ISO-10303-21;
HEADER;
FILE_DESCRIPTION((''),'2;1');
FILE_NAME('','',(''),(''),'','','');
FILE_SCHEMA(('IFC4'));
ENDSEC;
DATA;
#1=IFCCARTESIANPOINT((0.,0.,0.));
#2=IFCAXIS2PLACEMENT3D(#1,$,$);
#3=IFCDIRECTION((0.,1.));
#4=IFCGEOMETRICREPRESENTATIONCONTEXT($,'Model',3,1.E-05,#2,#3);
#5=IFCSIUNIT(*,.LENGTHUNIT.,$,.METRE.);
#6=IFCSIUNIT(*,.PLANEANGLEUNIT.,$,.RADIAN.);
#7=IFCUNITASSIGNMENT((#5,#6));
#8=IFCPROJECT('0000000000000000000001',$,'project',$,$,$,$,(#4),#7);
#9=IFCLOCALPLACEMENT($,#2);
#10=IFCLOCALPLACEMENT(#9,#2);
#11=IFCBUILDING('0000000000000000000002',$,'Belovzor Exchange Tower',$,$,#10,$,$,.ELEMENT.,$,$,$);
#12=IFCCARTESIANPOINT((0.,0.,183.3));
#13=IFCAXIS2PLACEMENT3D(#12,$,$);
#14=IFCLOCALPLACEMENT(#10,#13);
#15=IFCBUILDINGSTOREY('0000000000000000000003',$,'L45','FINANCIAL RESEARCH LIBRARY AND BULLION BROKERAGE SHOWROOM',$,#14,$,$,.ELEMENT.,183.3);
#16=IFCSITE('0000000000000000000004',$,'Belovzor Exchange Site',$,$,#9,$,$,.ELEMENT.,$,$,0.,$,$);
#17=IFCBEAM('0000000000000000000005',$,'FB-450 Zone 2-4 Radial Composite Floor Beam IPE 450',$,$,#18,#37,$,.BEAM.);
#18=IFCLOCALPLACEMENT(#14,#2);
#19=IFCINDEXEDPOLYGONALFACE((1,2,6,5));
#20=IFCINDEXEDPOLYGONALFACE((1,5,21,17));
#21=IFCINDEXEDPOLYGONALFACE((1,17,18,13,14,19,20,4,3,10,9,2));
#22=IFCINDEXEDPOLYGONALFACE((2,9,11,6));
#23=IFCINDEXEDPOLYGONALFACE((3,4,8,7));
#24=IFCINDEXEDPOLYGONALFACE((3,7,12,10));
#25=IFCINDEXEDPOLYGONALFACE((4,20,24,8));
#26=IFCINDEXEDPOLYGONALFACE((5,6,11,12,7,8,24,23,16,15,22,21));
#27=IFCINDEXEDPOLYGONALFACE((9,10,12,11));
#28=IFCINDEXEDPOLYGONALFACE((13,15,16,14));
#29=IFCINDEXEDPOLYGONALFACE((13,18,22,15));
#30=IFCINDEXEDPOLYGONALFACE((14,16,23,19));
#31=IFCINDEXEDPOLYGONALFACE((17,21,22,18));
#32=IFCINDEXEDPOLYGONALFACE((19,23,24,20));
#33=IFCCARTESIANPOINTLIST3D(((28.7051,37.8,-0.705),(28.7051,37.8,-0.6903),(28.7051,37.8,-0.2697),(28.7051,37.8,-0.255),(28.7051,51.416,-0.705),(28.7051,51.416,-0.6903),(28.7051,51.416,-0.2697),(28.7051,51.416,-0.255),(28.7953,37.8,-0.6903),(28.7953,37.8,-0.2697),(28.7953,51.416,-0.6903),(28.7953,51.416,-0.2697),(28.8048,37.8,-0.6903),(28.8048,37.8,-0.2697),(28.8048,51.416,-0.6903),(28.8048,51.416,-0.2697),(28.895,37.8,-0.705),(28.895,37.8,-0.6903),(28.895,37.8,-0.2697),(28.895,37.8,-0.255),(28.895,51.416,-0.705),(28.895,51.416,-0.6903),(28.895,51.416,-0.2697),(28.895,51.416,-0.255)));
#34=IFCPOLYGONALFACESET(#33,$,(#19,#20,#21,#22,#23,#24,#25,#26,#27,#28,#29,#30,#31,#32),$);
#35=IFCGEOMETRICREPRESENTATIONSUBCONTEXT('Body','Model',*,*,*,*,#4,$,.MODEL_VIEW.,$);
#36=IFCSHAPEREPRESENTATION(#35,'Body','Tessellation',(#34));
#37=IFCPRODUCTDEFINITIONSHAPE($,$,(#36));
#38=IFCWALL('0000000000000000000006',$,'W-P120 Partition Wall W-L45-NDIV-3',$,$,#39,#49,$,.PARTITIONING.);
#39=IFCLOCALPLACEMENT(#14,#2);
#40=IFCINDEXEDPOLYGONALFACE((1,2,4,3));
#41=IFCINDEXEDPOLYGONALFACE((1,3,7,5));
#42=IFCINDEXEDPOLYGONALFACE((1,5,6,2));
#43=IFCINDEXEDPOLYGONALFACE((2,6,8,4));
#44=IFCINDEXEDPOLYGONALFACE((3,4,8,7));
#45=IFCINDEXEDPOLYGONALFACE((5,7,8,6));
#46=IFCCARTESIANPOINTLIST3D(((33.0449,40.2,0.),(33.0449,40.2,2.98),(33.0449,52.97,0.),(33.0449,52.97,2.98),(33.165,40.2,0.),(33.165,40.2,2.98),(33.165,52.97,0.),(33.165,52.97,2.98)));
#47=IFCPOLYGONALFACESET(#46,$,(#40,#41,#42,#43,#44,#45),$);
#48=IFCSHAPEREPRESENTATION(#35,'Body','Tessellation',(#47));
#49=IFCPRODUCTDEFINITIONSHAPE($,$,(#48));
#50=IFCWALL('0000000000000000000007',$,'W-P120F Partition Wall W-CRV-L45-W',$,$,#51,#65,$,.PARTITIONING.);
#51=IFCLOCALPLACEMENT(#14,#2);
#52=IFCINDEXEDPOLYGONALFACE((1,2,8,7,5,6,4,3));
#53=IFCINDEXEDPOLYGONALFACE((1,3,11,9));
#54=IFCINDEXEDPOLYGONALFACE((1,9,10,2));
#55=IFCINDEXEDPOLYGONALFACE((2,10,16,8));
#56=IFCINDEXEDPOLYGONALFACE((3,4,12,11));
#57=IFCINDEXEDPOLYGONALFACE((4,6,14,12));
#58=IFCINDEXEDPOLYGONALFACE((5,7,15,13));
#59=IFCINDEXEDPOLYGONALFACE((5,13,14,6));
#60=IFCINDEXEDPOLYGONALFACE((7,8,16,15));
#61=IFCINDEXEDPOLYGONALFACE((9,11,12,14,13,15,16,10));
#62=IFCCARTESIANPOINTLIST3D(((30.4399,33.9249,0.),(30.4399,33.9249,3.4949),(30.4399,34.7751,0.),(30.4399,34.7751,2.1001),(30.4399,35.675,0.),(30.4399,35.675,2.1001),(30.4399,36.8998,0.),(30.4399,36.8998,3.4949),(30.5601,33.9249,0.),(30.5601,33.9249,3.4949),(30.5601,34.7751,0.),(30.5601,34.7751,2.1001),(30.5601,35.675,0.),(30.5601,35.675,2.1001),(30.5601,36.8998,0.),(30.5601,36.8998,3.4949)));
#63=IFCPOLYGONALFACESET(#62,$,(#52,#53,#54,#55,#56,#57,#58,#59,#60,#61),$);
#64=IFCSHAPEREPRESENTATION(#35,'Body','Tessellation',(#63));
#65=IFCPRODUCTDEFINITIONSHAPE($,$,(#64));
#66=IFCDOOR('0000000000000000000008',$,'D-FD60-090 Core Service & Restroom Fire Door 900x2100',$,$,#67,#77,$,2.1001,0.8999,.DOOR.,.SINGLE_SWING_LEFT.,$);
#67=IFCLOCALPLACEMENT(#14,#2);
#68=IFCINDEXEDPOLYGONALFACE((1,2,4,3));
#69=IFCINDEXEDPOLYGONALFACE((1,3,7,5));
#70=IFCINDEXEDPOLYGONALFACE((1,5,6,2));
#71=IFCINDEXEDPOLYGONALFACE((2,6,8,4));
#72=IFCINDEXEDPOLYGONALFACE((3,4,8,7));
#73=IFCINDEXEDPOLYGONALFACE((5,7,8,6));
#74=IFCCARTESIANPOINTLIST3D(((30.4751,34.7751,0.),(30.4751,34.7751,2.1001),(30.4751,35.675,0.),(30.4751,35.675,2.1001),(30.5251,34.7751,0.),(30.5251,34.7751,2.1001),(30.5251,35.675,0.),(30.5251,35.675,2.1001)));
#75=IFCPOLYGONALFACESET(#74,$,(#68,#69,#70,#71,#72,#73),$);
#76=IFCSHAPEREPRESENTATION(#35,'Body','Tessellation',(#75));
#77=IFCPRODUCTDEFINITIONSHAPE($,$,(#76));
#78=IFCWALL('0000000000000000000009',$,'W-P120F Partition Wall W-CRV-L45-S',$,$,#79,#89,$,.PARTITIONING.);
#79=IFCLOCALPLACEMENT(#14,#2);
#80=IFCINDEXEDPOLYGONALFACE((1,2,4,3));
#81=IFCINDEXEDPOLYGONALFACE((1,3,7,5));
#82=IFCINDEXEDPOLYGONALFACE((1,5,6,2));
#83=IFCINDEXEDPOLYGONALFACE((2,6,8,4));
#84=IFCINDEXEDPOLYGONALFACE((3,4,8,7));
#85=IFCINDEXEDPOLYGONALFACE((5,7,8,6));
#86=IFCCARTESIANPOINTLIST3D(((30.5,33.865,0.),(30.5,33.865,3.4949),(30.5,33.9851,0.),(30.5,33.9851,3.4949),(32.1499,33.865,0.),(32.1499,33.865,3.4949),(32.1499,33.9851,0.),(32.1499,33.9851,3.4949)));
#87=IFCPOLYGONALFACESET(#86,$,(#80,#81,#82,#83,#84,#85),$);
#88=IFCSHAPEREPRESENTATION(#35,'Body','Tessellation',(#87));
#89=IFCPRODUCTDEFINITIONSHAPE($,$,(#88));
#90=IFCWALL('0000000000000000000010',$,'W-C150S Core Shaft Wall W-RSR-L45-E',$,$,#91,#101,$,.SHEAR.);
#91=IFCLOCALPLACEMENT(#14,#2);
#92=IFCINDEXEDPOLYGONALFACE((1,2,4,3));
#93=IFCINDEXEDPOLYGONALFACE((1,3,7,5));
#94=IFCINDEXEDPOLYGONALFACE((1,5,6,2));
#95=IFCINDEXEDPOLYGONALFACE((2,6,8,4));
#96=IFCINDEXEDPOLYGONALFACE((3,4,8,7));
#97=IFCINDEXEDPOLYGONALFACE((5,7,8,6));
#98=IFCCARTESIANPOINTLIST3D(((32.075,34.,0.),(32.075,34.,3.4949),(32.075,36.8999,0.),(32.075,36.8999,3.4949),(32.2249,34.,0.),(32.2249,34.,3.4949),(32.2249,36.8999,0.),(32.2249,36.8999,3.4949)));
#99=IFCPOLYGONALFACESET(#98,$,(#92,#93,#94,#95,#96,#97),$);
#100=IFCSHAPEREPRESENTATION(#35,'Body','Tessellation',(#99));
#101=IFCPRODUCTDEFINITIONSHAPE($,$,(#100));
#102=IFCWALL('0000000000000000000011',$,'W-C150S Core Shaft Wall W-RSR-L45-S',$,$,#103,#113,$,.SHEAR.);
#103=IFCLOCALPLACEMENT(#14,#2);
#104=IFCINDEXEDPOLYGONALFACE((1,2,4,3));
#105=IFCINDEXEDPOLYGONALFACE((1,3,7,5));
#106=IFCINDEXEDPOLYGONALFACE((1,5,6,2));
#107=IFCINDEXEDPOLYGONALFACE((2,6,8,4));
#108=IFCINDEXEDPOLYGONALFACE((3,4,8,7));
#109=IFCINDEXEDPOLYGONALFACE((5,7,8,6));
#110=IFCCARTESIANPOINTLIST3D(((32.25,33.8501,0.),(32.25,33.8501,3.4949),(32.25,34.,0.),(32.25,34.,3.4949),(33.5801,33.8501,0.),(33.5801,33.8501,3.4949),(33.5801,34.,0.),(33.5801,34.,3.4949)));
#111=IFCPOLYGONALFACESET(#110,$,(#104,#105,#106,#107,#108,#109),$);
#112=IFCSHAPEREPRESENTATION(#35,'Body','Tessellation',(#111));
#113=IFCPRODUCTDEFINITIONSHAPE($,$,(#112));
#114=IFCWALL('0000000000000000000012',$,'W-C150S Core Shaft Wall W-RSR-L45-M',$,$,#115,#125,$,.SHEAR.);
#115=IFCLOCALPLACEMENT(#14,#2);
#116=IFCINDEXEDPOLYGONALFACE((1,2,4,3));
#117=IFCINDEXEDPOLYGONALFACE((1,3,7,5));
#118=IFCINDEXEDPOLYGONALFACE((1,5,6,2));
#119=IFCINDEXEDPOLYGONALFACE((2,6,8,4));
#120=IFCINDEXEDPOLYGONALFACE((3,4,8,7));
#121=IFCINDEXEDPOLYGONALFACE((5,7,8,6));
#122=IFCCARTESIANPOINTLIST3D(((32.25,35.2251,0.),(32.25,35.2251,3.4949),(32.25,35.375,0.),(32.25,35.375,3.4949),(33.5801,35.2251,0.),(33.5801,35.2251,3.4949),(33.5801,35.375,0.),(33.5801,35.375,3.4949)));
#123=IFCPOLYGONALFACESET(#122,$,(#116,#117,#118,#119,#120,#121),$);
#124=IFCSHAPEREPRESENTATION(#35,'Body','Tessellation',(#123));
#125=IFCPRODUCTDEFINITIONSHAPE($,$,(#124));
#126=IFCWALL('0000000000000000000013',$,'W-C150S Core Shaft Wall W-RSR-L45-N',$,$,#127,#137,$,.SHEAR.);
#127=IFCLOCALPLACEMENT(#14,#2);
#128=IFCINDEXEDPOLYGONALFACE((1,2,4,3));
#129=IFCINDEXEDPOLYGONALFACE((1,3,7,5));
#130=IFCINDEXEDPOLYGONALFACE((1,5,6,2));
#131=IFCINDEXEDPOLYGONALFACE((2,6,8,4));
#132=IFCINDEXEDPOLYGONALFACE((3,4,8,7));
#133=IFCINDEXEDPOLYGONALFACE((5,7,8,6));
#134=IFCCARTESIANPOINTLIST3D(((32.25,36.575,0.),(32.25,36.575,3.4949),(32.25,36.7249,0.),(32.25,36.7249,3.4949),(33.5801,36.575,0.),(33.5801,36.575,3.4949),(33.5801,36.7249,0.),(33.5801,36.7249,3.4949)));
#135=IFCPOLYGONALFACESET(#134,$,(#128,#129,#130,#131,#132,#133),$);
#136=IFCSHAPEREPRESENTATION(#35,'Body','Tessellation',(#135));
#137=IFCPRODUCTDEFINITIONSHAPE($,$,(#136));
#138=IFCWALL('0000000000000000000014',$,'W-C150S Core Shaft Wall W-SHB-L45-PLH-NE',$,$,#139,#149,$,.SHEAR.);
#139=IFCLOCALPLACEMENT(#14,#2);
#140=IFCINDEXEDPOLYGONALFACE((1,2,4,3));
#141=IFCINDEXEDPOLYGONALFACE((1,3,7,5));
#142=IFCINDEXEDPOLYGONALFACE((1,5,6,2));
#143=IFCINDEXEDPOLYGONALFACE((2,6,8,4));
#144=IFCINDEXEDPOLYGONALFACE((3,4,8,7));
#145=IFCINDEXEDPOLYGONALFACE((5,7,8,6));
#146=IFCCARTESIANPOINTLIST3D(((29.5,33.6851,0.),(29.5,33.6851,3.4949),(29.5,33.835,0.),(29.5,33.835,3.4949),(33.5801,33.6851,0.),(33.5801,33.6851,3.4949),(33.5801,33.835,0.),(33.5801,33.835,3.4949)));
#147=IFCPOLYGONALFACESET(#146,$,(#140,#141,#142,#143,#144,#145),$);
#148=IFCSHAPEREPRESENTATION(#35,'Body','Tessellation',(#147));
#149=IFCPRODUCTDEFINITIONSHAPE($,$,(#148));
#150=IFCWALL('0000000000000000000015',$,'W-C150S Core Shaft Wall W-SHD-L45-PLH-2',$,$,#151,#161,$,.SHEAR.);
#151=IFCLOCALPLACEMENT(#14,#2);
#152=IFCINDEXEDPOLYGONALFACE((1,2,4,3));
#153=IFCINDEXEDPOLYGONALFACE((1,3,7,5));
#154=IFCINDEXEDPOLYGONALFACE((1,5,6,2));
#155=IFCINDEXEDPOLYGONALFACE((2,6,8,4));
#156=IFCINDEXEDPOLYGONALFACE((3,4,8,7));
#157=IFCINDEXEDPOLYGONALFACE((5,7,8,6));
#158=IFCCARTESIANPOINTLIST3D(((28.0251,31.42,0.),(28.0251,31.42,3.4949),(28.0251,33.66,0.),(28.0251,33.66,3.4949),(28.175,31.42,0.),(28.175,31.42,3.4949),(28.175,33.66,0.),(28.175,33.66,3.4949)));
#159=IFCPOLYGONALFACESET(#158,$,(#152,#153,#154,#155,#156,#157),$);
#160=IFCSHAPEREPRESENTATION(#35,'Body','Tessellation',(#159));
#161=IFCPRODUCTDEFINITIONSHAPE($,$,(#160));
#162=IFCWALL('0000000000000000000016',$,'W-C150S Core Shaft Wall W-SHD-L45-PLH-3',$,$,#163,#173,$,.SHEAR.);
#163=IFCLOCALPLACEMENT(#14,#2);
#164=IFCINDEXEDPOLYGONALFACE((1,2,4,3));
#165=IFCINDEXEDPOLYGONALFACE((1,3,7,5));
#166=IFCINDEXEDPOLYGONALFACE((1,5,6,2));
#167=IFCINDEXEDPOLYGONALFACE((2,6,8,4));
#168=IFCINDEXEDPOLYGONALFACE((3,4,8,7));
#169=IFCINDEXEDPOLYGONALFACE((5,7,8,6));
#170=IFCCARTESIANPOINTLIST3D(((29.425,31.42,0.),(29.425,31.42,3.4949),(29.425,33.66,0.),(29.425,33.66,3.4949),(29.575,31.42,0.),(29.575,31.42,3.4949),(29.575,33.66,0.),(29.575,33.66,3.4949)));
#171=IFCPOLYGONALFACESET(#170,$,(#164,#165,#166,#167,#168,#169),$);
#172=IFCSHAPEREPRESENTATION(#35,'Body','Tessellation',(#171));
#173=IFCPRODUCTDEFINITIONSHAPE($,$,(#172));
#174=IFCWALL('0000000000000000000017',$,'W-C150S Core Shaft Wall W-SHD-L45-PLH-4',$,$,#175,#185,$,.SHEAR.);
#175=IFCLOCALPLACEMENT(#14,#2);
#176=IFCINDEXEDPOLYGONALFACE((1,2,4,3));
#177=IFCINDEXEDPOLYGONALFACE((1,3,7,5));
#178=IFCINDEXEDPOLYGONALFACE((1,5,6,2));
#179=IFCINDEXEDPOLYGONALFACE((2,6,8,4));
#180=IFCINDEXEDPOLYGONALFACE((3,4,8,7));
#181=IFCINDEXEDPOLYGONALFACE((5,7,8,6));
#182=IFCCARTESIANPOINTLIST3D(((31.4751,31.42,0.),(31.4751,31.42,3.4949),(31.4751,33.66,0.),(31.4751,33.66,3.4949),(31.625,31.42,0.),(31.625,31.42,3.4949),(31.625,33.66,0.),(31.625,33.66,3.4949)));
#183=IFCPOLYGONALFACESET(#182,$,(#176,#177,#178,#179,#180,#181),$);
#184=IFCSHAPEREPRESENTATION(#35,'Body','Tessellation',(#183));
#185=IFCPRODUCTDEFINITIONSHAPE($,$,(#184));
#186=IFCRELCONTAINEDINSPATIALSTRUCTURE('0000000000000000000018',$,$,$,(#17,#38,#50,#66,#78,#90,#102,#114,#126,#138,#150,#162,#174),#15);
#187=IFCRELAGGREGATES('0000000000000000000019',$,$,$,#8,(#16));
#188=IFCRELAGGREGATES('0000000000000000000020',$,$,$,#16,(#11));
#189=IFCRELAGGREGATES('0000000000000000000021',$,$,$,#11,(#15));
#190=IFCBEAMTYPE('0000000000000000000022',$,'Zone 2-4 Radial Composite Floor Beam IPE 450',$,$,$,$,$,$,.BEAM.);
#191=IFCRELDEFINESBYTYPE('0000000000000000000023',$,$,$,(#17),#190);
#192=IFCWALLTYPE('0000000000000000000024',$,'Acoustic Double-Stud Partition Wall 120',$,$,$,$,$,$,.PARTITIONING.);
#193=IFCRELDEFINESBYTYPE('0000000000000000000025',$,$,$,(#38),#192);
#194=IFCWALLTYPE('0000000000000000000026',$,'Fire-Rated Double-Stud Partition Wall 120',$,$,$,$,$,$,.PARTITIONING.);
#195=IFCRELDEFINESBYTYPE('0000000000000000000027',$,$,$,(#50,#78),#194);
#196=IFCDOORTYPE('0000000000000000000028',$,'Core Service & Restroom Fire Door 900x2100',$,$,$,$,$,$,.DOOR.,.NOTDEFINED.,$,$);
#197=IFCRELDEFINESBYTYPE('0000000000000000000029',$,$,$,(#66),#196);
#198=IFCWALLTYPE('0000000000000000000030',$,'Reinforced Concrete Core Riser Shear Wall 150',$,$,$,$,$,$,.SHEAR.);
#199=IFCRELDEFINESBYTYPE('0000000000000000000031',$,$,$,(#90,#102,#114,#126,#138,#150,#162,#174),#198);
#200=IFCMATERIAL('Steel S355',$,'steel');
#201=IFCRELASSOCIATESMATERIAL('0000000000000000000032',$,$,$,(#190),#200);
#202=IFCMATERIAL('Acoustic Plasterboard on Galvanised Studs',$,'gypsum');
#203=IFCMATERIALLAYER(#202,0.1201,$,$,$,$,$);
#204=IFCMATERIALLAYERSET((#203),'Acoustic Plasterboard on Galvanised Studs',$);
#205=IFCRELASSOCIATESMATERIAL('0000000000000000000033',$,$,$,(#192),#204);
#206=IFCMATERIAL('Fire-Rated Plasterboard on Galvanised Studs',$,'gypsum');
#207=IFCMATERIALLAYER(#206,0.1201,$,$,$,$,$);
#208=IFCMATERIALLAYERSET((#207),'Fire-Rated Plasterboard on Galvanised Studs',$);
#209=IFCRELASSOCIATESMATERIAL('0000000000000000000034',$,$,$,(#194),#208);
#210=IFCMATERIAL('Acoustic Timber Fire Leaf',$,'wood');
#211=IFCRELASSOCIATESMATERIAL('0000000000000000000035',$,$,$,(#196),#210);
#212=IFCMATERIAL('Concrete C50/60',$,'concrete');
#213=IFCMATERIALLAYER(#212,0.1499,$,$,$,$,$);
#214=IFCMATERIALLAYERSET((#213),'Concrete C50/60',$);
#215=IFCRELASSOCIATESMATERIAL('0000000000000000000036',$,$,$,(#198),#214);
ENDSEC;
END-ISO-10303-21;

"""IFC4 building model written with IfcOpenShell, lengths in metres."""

from ifc_helpers import new_model, si_unit, direction, frame, frame_2d, origin, origin_2d, place, context, subcontext, project, spatial, rectangle, i_section, extrude, material, layer, layer_set, material_profile, profile_set, type_object, element, fill, save


model = new_model("IFC4")

# Units and contexts
model_context = context("Model", 3, precision=1e-05, world=origin(), true_north=direction((0.0, 1.0)))
body_context = subcontext(model_context, "Body", "Model", "MODEL_VIEW")
ifc_project = project(units=[si_unit("LENGTHUNIT", "METRE"), si_unit("PLANEANGLEUNIT", "RADIAN")], contexts=[model_context])

# Site, building, storey
site_placement = place(None, origin())
site = spatial("IfcSite", under=ifc_project, at=site_placement, Name="Belovzor Exchange Site", CompositionType="ELEMENT", RefElevation=0.0)
building_placement = place(site_placement, origin())
building = spatial("IfcBuilding", under=site, at=building_placement, Name="Belovzor Exchange Tower", CompositionType="ELEMENT")
storey_placement = place(building_placement, frame((0.0, 0.0, 183.3)))
storey = spatial("IfcBuildingStorey", under=building, at=storey_placement, Name="L45", Description="FINANCIAL RESEARCH LIBRARY AND BULLION BROKERAGE SHOWROOM", CompositionType="ELEMENT", Elevation=183.3)

# Beam
ifc_material_1 = material(Name="Steel S355", Category="steel")
ifc_material_profile = material_profile(ifc_material_1, i_section(OverallWidth=0.1899, OverallDepth=0.45, WebThickness=0.0095, FlangeThickness=0.0146, at=origin_2d()))
ifc_profile_set = profile_set([ifc_material_profile], Name="Steel S355")
beam_type = type_object("IfcBeamType", Name="Zone 2-4 Radial Composite Floor Beam IPE 450", PredefinedType="BEAM", material=ifc_profile_set)
beam_placement = place(storey_placement, frame((28.8, 37.8, -0.48), z_axis=(0.0, 1.0, 0.0), x_axis=(-1.0, 0.0, 0.0)))
element("IfcBeam", 1, at=beam_placement, inside=storey, type_object=beam_type, Name="FB-450 Zone 2-4 Radial Composite Floor Beam IPE 450", PredefinedType="BEAM", context=body_context, shape_type="SweptSolid", body=[
    extrude(i_section(OverallWidth=0.1899, OverallDepth=0.45, WebThickness=0.0095, FlangeThickness=0.0146, at=origin_2d()), origin(), (0.0, 0.0, 1.0), 13.616),
])

# Wall
ifc_material_2 = material(Name="Acoustic Plasterboard on Galvanised Studs", Category="gypsum")
ifc_layer_1 = layer(ifc_material_2, 0.1201)
ifc_layer_set_1 = layer_set([ifc_layer_1], Name="Acoustic Plasterboard on Galvanised Studs")
wall_type_1 = type_object("IfcWallType", Name="Acoustic Double-Stud Partition Wall 120", PredefinedType="PARTITIONING", material=ifc_layer_set_1)
wall_1_placement = place(storey_placement, frame((33.105, 40.2, 0.0), z_axis=(0.0, 0.0, 1.0), x_axis=(0.0, 1.0, 0.0)))
element("IfcWall", 2, at=wall_1_placement, inside=storey, type_object=wall_type_1, Name="W-P120 Partition Wall W-L45-NDIV-3", PredefinedType="PARTITIONING", context=body_context, shape_type="SweptSolid", body=[
    extrude(rectangle(XDim=12.77, YDim=0.1201, at=frame_2d((6.385, 0.0))), origin(), (0.0, 0.0, 1.0), 2.98),
])

# Wall, opening, door
ifc_material_3 = material(Name="Fire-Rated Plasterboard on Galvanised Studs", Category="gypsum")
ifc_layer_2 = layer(ifc_material_3, 0.1201)
ifc_layer_set_2 = layer_set([ifc_layer_2], Name="Fire-Rated Plasterboard on Galvanised Studs")
wall_type_2 = type_object("IfcWallType", Name="Fire-Rated Double-Stud Partition Wall 120", PredefinedType="PARTITIONING", material=ifc_layer_set_2)
wall_2_placement = place(storey_placement, frame((30.5, 33.925, 0.0), z_axis=(0.0, 0.0, 1.0), x_axis=(0.0, 1.0, 0.0)))
wall_2 = element("IfcWall", 3, at=wall_2_placement, inside=storey, type_object=wall_type_2, Name="W-P120F Partition Wall W-CRV-L45-W", PredefinedType="PARTITIONING", context=body_context, shape_type="SweptSolid", body=[
    extrude(rectangle(XDim=2.9749, YDim=0.1201, at=frame_2d((1.4873, 0.0))), origin(), (0.0, 0.0, 1.0), 3.4949),
])
opening_placement = place(wall_2_placement, frame((0.8501, 0.0, 0.0)))
opening = element("IfcOpeningElement", 4, at=opening_placement, cuts=wall_2, PredefinedType="OPENING", context=body_context, shape_type="SweptSolid", body=[
    extrude(rectangle(XDim=0.8999, YDim=2.1001, at=frame_2d((0.45, 1.05))), frame((0.0, 0.0701, 0.0), z_axis=(0.0, -1.0, 0.0), x_axis=(1.0, 0.0, 0.0)), (0.0, 0.0, 1.0), 0.1401),
])
ifc_material_4 = material(Name="Acoustic Timber Fire Leaf", Category="wood")
door_type = type_object("IfcDoorType", Name="Core Service & Restroom Fire Door 900x2100", OperationType="NOTDEFINED", PredefinedType="DOOR", material=ifc_material_4)
door_placement = place(opening_placement, origin())
door = element("IfcDoor", 5, at=door_placement, inside=storey, type_object=door_type, Name="D-FD60-090 Core Service & Restroom Fire Door 900x2100", OperationType="SINGLE_SWING_LEFT", OverallHeight=2.1001, OverallWidth=0.8999, PredefinedType="DOOR", context=body_context, shape_type="SweptSolid", body=[
    extrude(rectangle(XDim=0.8999, YDim=2.1001, at=frame_2d((0.45, 1.05))), frame((0.0, 0.0249, 0.0), z_axis=(0.0, -1.0, 0.0), x_axis=(1.0, 0.0, 0.0)), (0.0, 0.0, 1.0), 0.05),
])
fill(opening, door)

# Walls
wall_3_placement = place(storey_placement, frame((30.5, 33.925, 0.0), z_axis=(0.0, 0.0, 1.0), x_axis=(1.0, 0.0, 0.0)))
element("IfcWall", 6, at=wall_3_placement, inside=storey, type_object=wall_type_2, Name="W-P120F Partition Wall W-CRV-L45-S", PredefinedType="PARTITIONING", context=body_context, shape_type="SweptSolid", body=[
    extrude(rectangle(XDim=1.6499, YDim=0.1201, at=frame_2d((0.825, 0.0))), origin(), (0.0, 0.0, 1.0), 3.4949),
])
ifc_material_5 = material(Name="Concrete C50/60", Category="concrete")
ifc_layer_3 = layer(ifc_material_5, 0.1499)
ifc_layer_set_3 = layer_set([ifc_layer_3], Name="Concrete C50/60")
wall_type_3 = type_object("IfcWallType", Name="Reinforced Concrete Core Riser Shear Wall 150", PredefinedType="SHEAR", material=ifc_layer_set_3)
wall_4_placement = place(storey_placement, frame((32.1499, 34.0, 0.0), z_axis=(0.0, 0.0, 1.0), x_axis=(0.0, 1.0, 0.0)))
element("IfcWall", 7, at=wall_4_placement, inside=storey, type_object=wall_type_3, Name="W-C150S Core Shaft Wall W-RSR-L45-E", PredefinedType="SHEAR", context=body_context, shape_type="SweptSolid", body=[
    extrude(rectangle(XDim=2.8999, YDim=0.1499, at=frame_2d((1.45, 0.0))), origin(), (0.0, 0.0, 1.0), 3.4949),
])
for number, where, z_axis, x_axis, name in (
    (8, (32.25, 33.925, 0.0), (0.0, 0.0, 1.0), (1.0, 0.0, 0.0), "W-C150S Core Shaft Wall W-RSR-L45-S"),
    (9, (32.25, 35.3, 0.0), (0.0, 0.0, 1.0), (1.0, 0.0, 0.0), "W-C150S Core Shaft Wall W-RSR-L45-M"),
    (10, (32.25, 36.6499, 0.0), (0.0, 0.0, 1.0), (1.0, 0.0, 0.0), "W-C150S Core Shaft Wall W-RSR-L45-N"),
):
    element("IfcWall", number, at=place(storey_placement, frame(where, z_axis=z_axis, x_axis=x_axis)), inside=storey, type_object=wall_type_3, Name=name, PredefinedType="SHEAR", context=body_context, shape_type="SweptSolid", body=[
        extrude(rectangle(XDim=1.3301, YDim=0.1499, at=frame_2d((0.665, 0.0))), origin(), (0.0, 0.0, 1.0), 3.4949),
    ])
wall_5_placement = place(storey_placement, frame((29.5, 33.76, 0.0), z_axis=(0.0, 0.0, 1.0), x_axis=(1.0, 0.0, 0.0)))
element("IfcWall", 11, at=wall_5_placement, inside=storey, type_object=wall_type_3, Name="W-C150S Core Shaft Wall W-SHB-L45-PLH-NE", PredefinedType="SHEAR", context=body_context, shape_type="SweptSolid", body=[
    extrude(rectangle(XDim=4.0801, YDim=0.1499, at=frame_2d((2.04, 0.0))), origin(), (0.0, 0.0, 1.0), 3.4949),
])
for number, where, z_axis, x_axis, name in (
    (12, (28.1001, 31.4199, 0.0), (0.0, 0.0, 1.0), (0.0, 1.0, 0.0), "W-C150S Core Shaft Wall W-SHD-L45-PLH-2"),
    (13, (29.5, 31.4199, 0.0), (0.0, 0.0, 1.0), (0.0, 1.0, 0.0), "W-C150S Core Shaft Wall W-SHD-L45-PLH-3"),
    (14, (31.55, 31.4199, 0.0), (0.0, 0.0, 1.0), (0.0, 1.0, 0.0), "W-C150S Core Shaft Wall W-SHD-L45-PLH-4"),
):
    element("IfcWall", number, at=place(storey_placement, frame(where, z_axis=z_axis, x_axis=x_axis)), inside=storey, type_object=wall_type_3, Name=name, PredefinedType="SHEAR", context=body_context, shape_type="SweptSolid", body=[
        extrude(rectangle(XDim=2.24, YDim=0.1499, at=frame_2d((1.1201, 0.0))), origin(), (0.0, 0.0, 1.0), 3.4949),
    ])

save(model, "model.ifc")
